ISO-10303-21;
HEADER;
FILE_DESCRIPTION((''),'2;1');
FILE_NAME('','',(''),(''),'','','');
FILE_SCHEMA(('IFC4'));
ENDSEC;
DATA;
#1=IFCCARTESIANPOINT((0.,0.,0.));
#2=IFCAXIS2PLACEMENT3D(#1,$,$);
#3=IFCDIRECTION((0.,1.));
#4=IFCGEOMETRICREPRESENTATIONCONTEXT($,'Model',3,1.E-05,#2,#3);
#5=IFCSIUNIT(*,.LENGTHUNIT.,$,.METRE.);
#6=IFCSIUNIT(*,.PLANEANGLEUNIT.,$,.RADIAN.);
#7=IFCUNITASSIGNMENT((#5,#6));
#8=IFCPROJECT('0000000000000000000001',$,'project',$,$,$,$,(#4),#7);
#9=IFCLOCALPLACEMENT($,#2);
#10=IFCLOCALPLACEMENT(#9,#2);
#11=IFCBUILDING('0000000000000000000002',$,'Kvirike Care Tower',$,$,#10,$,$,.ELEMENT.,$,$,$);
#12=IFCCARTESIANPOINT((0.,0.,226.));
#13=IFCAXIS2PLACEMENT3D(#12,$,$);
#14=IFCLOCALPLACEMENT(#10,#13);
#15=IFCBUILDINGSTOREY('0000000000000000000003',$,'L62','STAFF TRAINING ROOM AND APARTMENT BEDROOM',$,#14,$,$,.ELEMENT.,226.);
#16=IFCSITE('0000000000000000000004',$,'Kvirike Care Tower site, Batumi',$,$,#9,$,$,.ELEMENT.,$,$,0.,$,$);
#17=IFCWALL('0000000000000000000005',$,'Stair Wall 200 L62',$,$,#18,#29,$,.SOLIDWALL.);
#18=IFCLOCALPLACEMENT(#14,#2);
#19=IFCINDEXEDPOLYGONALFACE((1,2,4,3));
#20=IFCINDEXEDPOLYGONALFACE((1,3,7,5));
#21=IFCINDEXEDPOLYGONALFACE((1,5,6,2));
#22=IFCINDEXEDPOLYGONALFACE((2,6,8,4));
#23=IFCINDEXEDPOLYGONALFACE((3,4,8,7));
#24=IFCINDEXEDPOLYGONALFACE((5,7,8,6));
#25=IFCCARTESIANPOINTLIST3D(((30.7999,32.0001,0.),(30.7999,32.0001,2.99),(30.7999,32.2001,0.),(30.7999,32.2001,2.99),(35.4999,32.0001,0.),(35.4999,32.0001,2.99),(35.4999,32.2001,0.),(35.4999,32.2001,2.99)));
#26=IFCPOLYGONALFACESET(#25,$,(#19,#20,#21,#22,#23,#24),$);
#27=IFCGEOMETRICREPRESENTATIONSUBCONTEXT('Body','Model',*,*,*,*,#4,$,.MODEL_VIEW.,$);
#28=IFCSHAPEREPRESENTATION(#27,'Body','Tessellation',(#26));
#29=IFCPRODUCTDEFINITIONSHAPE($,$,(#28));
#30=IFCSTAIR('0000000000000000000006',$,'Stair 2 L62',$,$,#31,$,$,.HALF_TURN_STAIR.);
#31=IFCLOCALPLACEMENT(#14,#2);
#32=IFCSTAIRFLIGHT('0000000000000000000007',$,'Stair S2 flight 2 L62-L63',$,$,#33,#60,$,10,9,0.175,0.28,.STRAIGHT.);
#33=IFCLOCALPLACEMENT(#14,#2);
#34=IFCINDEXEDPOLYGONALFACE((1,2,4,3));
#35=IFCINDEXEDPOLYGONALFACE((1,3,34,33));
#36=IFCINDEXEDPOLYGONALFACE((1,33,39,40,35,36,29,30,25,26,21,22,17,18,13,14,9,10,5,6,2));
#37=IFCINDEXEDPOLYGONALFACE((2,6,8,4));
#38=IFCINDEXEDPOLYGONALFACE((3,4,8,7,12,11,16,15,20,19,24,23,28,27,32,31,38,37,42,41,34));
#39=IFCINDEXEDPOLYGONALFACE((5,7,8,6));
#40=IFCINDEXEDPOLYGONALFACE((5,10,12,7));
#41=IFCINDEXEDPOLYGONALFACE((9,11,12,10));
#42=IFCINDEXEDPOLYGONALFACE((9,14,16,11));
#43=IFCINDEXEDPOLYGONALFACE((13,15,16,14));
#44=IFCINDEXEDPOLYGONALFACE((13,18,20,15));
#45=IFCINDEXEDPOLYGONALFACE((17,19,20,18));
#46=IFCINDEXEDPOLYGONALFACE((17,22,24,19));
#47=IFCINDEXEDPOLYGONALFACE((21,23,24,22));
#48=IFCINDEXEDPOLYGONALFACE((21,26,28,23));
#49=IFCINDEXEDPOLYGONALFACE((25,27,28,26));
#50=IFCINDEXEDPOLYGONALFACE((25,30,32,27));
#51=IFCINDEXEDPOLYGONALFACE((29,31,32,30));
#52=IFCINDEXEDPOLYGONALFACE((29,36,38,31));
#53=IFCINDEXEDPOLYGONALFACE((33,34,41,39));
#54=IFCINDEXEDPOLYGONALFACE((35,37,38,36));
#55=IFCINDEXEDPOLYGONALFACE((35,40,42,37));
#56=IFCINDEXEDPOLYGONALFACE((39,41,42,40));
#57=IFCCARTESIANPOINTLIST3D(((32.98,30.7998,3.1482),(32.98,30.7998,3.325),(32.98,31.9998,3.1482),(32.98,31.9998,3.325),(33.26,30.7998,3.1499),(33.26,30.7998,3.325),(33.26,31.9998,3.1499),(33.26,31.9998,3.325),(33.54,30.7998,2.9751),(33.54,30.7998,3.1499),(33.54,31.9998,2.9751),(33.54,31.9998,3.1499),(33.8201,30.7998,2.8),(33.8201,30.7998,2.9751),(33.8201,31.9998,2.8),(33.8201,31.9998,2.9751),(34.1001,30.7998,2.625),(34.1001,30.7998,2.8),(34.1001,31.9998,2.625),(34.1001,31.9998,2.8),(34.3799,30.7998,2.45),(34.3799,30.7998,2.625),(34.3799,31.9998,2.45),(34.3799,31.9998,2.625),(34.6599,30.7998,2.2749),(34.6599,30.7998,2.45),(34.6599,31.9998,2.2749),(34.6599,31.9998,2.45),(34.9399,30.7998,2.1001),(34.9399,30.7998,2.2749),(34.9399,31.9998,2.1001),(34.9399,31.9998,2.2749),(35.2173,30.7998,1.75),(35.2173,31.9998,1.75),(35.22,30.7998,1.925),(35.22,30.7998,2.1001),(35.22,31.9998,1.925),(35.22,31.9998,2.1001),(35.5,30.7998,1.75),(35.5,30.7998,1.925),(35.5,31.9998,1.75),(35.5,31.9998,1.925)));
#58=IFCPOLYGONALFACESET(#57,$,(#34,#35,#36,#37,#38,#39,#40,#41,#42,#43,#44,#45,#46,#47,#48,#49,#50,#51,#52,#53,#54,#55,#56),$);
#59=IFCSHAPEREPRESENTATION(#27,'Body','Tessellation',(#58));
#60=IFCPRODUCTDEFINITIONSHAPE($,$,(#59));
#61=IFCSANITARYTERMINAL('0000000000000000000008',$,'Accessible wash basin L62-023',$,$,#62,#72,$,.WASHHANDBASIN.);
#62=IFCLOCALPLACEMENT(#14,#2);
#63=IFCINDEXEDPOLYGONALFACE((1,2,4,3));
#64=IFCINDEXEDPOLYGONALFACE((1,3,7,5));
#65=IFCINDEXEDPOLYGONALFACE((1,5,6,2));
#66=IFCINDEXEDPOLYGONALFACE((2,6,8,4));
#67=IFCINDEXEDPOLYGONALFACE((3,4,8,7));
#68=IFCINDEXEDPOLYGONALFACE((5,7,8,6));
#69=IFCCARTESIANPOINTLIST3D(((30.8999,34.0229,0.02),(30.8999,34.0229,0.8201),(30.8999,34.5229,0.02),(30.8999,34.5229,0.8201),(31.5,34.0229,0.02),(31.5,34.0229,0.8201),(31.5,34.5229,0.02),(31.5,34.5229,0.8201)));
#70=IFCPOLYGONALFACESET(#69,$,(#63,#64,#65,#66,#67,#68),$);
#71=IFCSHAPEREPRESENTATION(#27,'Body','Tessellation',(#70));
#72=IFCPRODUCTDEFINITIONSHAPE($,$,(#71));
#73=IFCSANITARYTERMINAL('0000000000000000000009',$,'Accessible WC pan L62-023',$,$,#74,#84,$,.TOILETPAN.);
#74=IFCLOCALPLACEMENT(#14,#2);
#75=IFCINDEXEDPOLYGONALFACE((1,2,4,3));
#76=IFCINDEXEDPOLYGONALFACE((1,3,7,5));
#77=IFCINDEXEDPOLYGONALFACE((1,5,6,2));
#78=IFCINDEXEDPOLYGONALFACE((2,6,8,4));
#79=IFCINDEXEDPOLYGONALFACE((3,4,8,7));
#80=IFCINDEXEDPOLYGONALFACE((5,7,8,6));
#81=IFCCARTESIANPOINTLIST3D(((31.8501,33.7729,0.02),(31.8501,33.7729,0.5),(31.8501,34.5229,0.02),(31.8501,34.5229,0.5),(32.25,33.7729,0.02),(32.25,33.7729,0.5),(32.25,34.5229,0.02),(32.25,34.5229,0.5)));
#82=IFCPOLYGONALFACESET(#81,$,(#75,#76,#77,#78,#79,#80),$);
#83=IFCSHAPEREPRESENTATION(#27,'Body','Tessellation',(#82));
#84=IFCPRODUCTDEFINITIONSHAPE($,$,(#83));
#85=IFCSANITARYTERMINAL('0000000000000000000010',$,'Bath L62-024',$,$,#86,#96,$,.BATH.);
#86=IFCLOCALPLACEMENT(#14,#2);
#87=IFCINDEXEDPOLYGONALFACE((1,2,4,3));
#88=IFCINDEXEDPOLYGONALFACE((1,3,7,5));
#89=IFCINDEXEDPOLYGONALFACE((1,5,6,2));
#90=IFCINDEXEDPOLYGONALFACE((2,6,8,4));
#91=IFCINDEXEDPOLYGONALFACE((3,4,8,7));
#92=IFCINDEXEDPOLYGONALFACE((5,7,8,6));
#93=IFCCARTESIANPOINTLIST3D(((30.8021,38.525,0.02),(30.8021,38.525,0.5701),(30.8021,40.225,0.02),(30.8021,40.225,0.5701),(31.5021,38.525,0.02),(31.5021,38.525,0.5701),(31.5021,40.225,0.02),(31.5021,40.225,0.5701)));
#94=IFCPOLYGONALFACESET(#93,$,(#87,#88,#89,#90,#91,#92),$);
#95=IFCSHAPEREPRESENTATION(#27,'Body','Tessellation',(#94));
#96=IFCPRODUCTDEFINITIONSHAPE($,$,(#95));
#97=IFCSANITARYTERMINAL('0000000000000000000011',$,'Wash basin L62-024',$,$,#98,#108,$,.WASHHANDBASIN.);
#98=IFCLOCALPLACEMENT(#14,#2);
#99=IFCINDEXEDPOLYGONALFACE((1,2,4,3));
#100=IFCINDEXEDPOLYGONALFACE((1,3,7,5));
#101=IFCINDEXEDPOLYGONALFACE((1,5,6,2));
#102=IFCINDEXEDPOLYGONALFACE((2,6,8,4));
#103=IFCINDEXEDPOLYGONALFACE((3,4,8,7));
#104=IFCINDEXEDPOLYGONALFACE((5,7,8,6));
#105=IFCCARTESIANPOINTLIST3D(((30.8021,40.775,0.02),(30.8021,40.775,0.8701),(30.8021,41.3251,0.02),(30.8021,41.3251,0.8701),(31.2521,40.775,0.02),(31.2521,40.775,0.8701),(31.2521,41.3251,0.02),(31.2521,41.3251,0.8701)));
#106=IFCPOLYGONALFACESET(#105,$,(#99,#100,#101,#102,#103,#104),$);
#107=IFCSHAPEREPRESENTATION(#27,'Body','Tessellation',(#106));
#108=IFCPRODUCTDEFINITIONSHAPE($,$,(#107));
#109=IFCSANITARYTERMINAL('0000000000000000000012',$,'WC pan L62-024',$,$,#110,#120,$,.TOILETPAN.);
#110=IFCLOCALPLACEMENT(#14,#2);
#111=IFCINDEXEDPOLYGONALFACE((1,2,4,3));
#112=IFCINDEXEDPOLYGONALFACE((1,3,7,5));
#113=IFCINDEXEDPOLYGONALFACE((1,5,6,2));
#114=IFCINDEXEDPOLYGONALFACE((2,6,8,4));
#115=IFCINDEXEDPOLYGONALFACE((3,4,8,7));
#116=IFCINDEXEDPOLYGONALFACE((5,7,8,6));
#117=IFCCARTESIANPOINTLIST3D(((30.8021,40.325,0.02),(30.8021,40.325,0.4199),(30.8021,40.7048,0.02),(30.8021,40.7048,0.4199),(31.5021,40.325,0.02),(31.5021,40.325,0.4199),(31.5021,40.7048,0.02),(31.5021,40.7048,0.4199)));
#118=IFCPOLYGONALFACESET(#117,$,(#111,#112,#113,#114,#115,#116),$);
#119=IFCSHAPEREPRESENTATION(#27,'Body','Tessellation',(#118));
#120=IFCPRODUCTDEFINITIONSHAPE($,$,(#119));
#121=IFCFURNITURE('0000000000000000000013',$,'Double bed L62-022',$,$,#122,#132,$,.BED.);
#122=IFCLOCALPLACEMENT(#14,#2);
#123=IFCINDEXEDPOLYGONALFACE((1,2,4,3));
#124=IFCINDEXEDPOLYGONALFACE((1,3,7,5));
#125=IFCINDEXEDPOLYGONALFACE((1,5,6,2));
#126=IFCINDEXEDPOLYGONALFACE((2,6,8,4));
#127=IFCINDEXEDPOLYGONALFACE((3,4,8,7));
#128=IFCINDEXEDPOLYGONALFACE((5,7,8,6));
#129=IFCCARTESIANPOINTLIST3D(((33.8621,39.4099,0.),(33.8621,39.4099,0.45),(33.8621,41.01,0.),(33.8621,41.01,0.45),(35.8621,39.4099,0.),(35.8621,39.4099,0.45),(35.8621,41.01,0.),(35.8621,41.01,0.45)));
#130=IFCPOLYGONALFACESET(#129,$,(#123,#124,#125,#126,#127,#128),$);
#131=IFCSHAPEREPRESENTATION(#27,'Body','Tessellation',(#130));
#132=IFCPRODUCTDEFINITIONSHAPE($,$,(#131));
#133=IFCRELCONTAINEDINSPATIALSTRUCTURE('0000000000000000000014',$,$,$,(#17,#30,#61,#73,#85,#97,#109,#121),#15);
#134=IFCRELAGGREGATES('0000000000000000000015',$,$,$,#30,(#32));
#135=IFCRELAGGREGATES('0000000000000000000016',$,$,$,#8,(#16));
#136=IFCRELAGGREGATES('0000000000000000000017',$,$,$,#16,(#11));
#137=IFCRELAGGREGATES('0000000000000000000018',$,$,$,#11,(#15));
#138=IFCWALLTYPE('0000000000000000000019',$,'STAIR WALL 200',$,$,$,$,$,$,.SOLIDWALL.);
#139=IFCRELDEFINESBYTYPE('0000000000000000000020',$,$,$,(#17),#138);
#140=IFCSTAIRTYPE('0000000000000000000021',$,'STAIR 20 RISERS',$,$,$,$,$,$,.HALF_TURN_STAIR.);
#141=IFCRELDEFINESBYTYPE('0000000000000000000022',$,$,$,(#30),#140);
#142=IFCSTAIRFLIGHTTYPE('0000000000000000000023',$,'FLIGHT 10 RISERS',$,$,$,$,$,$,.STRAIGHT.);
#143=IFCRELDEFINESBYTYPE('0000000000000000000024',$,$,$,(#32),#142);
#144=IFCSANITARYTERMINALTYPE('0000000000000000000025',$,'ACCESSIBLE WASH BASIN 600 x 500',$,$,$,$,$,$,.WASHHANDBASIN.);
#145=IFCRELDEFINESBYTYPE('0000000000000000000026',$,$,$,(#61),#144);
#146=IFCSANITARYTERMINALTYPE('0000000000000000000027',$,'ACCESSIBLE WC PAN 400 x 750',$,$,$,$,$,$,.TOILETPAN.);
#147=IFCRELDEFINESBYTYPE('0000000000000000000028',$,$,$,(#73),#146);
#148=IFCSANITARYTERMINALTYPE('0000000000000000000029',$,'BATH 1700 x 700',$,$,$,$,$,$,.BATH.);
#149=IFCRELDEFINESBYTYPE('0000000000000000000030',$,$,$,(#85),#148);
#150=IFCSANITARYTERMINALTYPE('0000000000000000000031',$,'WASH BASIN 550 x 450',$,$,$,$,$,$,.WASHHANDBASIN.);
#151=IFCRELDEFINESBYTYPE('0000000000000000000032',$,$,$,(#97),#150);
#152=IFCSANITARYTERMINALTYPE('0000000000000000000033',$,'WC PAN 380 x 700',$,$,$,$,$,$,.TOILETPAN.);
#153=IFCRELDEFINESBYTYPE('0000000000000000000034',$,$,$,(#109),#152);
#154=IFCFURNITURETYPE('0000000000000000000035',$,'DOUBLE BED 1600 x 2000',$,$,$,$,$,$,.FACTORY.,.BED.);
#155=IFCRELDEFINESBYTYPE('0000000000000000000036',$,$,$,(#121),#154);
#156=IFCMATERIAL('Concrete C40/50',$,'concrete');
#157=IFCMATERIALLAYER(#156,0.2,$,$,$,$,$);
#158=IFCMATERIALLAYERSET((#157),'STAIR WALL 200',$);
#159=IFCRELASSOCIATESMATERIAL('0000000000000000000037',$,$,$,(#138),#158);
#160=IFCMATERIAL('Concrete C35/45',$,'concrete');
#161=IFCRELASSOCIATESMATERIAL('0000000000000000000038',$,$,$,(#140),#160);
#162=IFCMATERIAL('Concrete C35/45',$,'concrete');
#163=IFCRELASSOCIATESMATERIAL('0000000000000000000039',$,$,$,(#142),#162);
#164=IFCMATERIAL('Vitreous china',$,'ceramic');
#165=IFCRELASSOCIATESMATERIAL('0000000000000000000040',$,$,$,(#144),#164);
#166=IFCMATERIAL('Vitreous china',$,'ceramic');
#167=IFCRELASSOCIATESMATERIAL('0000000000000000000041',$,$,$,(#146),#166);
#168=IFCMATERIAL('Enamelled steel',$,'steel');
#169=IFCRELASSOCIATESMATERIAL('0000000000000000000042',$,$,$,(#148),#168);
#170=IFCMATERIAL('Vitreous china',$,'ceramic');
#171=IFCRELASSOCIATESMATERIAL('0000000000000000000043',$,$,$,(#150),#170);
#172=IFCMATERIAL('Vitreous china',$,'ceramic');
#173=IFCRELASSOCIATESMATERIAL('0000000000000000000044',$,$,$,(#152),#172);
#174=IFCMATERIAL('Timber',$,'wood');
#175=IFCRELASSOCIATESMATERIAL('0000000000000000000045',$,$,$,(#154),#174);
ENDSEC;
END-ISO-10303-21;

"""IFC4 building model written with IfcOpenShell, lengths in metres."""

from ifc_helpers import new_model, si_unit, direction, frame, frame_2d, origin, origin_2d, place, context, subcontext, project, spatial, polyline, rectangle, outline, extrude, material, layer, layer_set, type_object, element, aggregate, save


model = new_model("IFC4")

# Units and contexts
model_context = context("Model", 3, precision=1e-05, world=origin(), true_north=direction((0.0, 1.0)))
body_context = subcontext(model_context, "Body", "Model", "MODEL_VIEW")
ifc_project = project(units=[si_unit("LENGTHUNIT", "METRE"), si_unit("PLANEANGLEUNIT", "RADIAN")], contexts=[model_context])

# Site, building, storey
site_placement = place(None, origin())
site = spatial("IfcSite", under=ifc_project, at=site_placement, Name="Kvirike Care Tower site, Batumi", CompositionType="ELEMENT", RefElevation=0.0)
building_placement = place(site_placement, origin())
building = spatial("IfcBuilding", under=site, at=building_placement, Name="Kvirike Care Tower", CompositionType="ELEMENT")
storey_placement = place(building_placement, frame((0.0, 0.0, 226.0)))
storey = spatial("IfcBuildingStorey", under=building, at=storey_placement, Name="L62", Description="STAFF TRAINING ROOM AND APARTMENT BEDROOM", CompositionType="ELEMENT", Elevation=226.0)

# Wall
ifc_material_1 = material(Name="Concrete C40/50", Category="concrete")
ifc_layer_1 = layer(ifc_material_1, 0.2)
ifc_layer_set_1 = layer_set([ifc_layer_1], Name="STAIR WALL 200")
wall_type_1 = type_object("IfcWallType", Name="STAIR WALL 200", PredefinedType="SOLIDWALL", material=ifc_layer_set_1)
wall_1_placement = place(storey_placement, frame((35.5, 32.1001, 0.0), z_axis=(0.0, 0.0, 1.0), x_axis=(-1.0, 0.0, 0.0)))
element("IfcWall", 1, at=wall_1_placement, inside=storey, type_object=wall_type_1, Name="Stair Wall 200 L62", PredefinedType="SOLIDWALL", context=body_context, shape_type="SweptSolid", body=[
    extrude(rectangle(XDim=4.7, YDim=0.2, at=frame_2d((2.3501, 0.0))), origin(), (0.0, 0.0, 1.0), 2.99),
])

# Stair, stair flight
ifc_material_2 = material(Name="Concrete C35/45", Category="concrete")
stair_type = type_object("IfcStairType", Name="STAIR 20 RISERS", PredefinedType="HALF_TURN_STAIR", material=ifc_material_2)
stair_placement = place(storey_placement, origin())
stair = element("IfcStair", 2, at=stair_placement, inside=storey, type_object=stair_type, Name="Stair 2 L62", PredefinedType="HALF_TURN_STAIR")
ifc_material_3 = material(Name="Concrete C35/45", Category="concrete")
stair_flight_type = type_object("IfcStairFlightType", Name="FLIGHT 10 RISERS", PredefinedType="STRAIGHT", material=ifc_material_3)
stair_flight_placement = place(storey_placement, frame((35.5, 31.3999, 1.75), z_axis=(0.0, 0.0, 1.0), x_axis=(-1.0, 0.0, 0.0)))
stair_flight = element("IfcStairFlight", 3, at=stair_flight_placement, type_object=stair_flight_type, Name="Stair S2 flight 2 L62-L63", NumberOfRisers=10, NumberOfTreads=9, PredefinedType="STRAIGHT", RiserHeight=0.175, TreadLength=0.28, context=body_context, shape_type="SweptSolid", body=[
    extrude(outline(polyline([(0.0, 0.0), (0.0, 0.175), (0.28, 0.175), (0.28, 0.3501), (0.5601, 0.3501), (0.5601, 0.5249), (0.8401, 0.5249), (0.8401, 0.7), (1.1201, 0.7), (1.1201, 0.875), (1.3999, 0.875), (1.3999, 1.05), (1.6799, 1.05), (1.6799, 1.2251), (1.96, 1.2251), (1.96, 1.3999), (2.24, 1.3999), (2.24, 1.575), (2.52, 1.575), (2.52, 1.75), (2.52, 1.3982), (0.2827, 0.0), (0.0, 0.0)])), frame((0.0, 0.6001, 0.0), z_axis=(0.0, -1.0, 0.0), x_axis=(1.0, 0.0, 0.0)), (0.0, 0.0, 1.0), 1.2),
])
aggregate(stair, [stair_flight])

# Sanitary terminals
ifc_material_4 = material(Name="Vitreous china", Category="ceramic")
sanitary_terminal_type_1 = type_object("IfcSanitaryTerminalType", Name="ACCESSIBLE WASH BASIN 600 x 500", PredefinedType="WASHHANDBASIN", material=ifc_material_4)
sanitary_terminal_1_placement = place(storey_placement, frame((31.2, 34.2729, 0.02), z_axis=(0.0, 0.0, 1.0), x_axis=(1.0, 0.0, 0.0)))
element("IfcSanitaryTerminal", 4, at=sanitary_terminal_1_placement, inside=storey, type_object=sanitary_terminal_type_1, Name="Accessible wash basin L62-023", PredefinedType="WASHHANDBASIN", context=body_context, shape_type="SweptSolid", body=[
    extrude(rectangle(XDim=0.6001, YDim=0.5, at=origin_2d()), origin(), (0.0, 0.0, 1.0), 0.8),
])
ifc_material_5 = material(Name="Vitreous china", Category="ceramic")
sanitary_terminal_type_2 = type_object("IfcSanitaryTerminalType", Name="ACCESSIBLE WC PAN 400 x 750", PredefinedType="TOILETPAN", material=ifc_material_5)
sanitary_terminal_2_placement = place(storey_placement, frame((32.05, 34.1479, 0.02), z_axis=(0.0, 0.0, 1.0), x_axis=(1.0, 0.0, 0.0)))
element("IfcSanitaryTerminal", 5, at=sanitary_terminal_2_placement, inside=storey, type_object=sanitary_terminal_type_2, Name="Accessible WC pan L62-023", PredefinedType="TOILETPAN", context=body_context, shape_type="SweptSolid", body=[
    extrude(rectangle(XDim=0.3999, YDim=0.75, at=origin_2d()), origin(), (0.0, 0.0, 1.0), 0.48),
])
ifc_material_6 = material(Name="Enamelled steel", Category="steel")
sanitary_terminal_type_3 = type_object("IfcSanitaryTerminalType", Name="BATH 1700 x 700", PredefinedType="BATH", material=ifc_material_6)
sanitary_terminal_3_placement = place(storey_placement, frame((31.1521, 39.375, 0.02), z_axis=(0.0, 0.0, 1.0), x_axis=(0.0, 1.0, 0.0)))
element("IfcSanitaryTerminal", 6, at=sanitary_terminal_3_placement, inside=storey, type_object=sanitary_terminal_type_3, Name="Bath L62-024", PredefinedType="BATH", context=body_context, shape_type="SweptSolid", body=[
    extrude(rectangle(XDim=1.7, YDim=0.7, at=origin_2d()), origin(), (0.0, 0.0, 1.0), 0.55),
])
ifc_material_7 = material(Name="Vitreous china", Category="ceramic")
sanitary_terminal_type_4 = type_object("IfcSanitaryTerminalType", Name="WASH BASIN 550 x 450", PredefinedType="WASHHANDBASIN", material=ifc_material_7)
sanitary_terminal_4_placement = place(storey_placement, frame((31.0271, 41.05, 0.02), z_axis=(0.0, 0.0, 1.0), x_axis=(0.0, 1.0, 0.0)))
element("IfcSanitaryTerminal", 7, at=sanitary_terminal_4_placement, inside=storey, type_object=sanitary_terminal_type_4, Name="Wash basin L62-024", PredefinedType="WASHHANDBASIN", context=body_context, shape_type="SweptSolid", body=[
    extrude(rectangle(XDim=0.55, YDim=0.45, at=origin_2d()), origin(), (0.0, 0.0, 1.0), 0.8501),
])
ifc_material_8 = material(Name="Vitreous china", Category="ceramic")
sanitary_terminal_type_5 = type_object("IfcSanitaryTerminalType", Name="WC PAN 380 x 700", PredefinedType="TOILETPAN", material=ifc_material_8)
sanitary_terminal_5_placement = place(storey_placement, frame((31.1521, 40.5149, 0.02), z_axis=(0.0, 0.0, 1.0), x_axis=(0.0, 1.0, 0.0)))
element("IfcSanitaryTerminal", 8, at=sanitary_terminal_5_placement, inside=storey, type_object=sanitary_terminal_type_5, Name="WC pan L62-024", PredefinedType="TOILETPAN", context=body_context, shape_type="SweptSolid", body=[
    extrude(rectangle(XDim=0.3799, YDim=0.7, at=origin_2d()), origin(), (0.0, 0.0, 1.0), 0.3999),
])

# Furniture
ifc_material_9 = material(Name="Timber", Category="wood")
furniture_type = type_object("IfcFurnitureType", Name="DOUBLE BED 1600 x 2000", AssemblyPlace="FACTORY", PredefinedType="BED", material=ifc_material_9)
furniture_placement = place(storey_placement, frame((34.8621, 40.21, 0.0), z_axis=(0.0, 0.0, 1.0), x_axis=(0.0, 1.0, 0.0)))
element("IfcFurniture", 9, at=furniture_placement, inside=storey, type_object=furniture_type, Name="Double bed L62-022", PredefinedType="BED", context=body_context, shape_type="SweptSolid", body=[
    extrude(rectangle(XDim=1.6001, YDim=2.0, at=origin_2d()), origin(), (0.0, 0.0, 1.0), 0.45),
])

save(model, "model.ifc")
